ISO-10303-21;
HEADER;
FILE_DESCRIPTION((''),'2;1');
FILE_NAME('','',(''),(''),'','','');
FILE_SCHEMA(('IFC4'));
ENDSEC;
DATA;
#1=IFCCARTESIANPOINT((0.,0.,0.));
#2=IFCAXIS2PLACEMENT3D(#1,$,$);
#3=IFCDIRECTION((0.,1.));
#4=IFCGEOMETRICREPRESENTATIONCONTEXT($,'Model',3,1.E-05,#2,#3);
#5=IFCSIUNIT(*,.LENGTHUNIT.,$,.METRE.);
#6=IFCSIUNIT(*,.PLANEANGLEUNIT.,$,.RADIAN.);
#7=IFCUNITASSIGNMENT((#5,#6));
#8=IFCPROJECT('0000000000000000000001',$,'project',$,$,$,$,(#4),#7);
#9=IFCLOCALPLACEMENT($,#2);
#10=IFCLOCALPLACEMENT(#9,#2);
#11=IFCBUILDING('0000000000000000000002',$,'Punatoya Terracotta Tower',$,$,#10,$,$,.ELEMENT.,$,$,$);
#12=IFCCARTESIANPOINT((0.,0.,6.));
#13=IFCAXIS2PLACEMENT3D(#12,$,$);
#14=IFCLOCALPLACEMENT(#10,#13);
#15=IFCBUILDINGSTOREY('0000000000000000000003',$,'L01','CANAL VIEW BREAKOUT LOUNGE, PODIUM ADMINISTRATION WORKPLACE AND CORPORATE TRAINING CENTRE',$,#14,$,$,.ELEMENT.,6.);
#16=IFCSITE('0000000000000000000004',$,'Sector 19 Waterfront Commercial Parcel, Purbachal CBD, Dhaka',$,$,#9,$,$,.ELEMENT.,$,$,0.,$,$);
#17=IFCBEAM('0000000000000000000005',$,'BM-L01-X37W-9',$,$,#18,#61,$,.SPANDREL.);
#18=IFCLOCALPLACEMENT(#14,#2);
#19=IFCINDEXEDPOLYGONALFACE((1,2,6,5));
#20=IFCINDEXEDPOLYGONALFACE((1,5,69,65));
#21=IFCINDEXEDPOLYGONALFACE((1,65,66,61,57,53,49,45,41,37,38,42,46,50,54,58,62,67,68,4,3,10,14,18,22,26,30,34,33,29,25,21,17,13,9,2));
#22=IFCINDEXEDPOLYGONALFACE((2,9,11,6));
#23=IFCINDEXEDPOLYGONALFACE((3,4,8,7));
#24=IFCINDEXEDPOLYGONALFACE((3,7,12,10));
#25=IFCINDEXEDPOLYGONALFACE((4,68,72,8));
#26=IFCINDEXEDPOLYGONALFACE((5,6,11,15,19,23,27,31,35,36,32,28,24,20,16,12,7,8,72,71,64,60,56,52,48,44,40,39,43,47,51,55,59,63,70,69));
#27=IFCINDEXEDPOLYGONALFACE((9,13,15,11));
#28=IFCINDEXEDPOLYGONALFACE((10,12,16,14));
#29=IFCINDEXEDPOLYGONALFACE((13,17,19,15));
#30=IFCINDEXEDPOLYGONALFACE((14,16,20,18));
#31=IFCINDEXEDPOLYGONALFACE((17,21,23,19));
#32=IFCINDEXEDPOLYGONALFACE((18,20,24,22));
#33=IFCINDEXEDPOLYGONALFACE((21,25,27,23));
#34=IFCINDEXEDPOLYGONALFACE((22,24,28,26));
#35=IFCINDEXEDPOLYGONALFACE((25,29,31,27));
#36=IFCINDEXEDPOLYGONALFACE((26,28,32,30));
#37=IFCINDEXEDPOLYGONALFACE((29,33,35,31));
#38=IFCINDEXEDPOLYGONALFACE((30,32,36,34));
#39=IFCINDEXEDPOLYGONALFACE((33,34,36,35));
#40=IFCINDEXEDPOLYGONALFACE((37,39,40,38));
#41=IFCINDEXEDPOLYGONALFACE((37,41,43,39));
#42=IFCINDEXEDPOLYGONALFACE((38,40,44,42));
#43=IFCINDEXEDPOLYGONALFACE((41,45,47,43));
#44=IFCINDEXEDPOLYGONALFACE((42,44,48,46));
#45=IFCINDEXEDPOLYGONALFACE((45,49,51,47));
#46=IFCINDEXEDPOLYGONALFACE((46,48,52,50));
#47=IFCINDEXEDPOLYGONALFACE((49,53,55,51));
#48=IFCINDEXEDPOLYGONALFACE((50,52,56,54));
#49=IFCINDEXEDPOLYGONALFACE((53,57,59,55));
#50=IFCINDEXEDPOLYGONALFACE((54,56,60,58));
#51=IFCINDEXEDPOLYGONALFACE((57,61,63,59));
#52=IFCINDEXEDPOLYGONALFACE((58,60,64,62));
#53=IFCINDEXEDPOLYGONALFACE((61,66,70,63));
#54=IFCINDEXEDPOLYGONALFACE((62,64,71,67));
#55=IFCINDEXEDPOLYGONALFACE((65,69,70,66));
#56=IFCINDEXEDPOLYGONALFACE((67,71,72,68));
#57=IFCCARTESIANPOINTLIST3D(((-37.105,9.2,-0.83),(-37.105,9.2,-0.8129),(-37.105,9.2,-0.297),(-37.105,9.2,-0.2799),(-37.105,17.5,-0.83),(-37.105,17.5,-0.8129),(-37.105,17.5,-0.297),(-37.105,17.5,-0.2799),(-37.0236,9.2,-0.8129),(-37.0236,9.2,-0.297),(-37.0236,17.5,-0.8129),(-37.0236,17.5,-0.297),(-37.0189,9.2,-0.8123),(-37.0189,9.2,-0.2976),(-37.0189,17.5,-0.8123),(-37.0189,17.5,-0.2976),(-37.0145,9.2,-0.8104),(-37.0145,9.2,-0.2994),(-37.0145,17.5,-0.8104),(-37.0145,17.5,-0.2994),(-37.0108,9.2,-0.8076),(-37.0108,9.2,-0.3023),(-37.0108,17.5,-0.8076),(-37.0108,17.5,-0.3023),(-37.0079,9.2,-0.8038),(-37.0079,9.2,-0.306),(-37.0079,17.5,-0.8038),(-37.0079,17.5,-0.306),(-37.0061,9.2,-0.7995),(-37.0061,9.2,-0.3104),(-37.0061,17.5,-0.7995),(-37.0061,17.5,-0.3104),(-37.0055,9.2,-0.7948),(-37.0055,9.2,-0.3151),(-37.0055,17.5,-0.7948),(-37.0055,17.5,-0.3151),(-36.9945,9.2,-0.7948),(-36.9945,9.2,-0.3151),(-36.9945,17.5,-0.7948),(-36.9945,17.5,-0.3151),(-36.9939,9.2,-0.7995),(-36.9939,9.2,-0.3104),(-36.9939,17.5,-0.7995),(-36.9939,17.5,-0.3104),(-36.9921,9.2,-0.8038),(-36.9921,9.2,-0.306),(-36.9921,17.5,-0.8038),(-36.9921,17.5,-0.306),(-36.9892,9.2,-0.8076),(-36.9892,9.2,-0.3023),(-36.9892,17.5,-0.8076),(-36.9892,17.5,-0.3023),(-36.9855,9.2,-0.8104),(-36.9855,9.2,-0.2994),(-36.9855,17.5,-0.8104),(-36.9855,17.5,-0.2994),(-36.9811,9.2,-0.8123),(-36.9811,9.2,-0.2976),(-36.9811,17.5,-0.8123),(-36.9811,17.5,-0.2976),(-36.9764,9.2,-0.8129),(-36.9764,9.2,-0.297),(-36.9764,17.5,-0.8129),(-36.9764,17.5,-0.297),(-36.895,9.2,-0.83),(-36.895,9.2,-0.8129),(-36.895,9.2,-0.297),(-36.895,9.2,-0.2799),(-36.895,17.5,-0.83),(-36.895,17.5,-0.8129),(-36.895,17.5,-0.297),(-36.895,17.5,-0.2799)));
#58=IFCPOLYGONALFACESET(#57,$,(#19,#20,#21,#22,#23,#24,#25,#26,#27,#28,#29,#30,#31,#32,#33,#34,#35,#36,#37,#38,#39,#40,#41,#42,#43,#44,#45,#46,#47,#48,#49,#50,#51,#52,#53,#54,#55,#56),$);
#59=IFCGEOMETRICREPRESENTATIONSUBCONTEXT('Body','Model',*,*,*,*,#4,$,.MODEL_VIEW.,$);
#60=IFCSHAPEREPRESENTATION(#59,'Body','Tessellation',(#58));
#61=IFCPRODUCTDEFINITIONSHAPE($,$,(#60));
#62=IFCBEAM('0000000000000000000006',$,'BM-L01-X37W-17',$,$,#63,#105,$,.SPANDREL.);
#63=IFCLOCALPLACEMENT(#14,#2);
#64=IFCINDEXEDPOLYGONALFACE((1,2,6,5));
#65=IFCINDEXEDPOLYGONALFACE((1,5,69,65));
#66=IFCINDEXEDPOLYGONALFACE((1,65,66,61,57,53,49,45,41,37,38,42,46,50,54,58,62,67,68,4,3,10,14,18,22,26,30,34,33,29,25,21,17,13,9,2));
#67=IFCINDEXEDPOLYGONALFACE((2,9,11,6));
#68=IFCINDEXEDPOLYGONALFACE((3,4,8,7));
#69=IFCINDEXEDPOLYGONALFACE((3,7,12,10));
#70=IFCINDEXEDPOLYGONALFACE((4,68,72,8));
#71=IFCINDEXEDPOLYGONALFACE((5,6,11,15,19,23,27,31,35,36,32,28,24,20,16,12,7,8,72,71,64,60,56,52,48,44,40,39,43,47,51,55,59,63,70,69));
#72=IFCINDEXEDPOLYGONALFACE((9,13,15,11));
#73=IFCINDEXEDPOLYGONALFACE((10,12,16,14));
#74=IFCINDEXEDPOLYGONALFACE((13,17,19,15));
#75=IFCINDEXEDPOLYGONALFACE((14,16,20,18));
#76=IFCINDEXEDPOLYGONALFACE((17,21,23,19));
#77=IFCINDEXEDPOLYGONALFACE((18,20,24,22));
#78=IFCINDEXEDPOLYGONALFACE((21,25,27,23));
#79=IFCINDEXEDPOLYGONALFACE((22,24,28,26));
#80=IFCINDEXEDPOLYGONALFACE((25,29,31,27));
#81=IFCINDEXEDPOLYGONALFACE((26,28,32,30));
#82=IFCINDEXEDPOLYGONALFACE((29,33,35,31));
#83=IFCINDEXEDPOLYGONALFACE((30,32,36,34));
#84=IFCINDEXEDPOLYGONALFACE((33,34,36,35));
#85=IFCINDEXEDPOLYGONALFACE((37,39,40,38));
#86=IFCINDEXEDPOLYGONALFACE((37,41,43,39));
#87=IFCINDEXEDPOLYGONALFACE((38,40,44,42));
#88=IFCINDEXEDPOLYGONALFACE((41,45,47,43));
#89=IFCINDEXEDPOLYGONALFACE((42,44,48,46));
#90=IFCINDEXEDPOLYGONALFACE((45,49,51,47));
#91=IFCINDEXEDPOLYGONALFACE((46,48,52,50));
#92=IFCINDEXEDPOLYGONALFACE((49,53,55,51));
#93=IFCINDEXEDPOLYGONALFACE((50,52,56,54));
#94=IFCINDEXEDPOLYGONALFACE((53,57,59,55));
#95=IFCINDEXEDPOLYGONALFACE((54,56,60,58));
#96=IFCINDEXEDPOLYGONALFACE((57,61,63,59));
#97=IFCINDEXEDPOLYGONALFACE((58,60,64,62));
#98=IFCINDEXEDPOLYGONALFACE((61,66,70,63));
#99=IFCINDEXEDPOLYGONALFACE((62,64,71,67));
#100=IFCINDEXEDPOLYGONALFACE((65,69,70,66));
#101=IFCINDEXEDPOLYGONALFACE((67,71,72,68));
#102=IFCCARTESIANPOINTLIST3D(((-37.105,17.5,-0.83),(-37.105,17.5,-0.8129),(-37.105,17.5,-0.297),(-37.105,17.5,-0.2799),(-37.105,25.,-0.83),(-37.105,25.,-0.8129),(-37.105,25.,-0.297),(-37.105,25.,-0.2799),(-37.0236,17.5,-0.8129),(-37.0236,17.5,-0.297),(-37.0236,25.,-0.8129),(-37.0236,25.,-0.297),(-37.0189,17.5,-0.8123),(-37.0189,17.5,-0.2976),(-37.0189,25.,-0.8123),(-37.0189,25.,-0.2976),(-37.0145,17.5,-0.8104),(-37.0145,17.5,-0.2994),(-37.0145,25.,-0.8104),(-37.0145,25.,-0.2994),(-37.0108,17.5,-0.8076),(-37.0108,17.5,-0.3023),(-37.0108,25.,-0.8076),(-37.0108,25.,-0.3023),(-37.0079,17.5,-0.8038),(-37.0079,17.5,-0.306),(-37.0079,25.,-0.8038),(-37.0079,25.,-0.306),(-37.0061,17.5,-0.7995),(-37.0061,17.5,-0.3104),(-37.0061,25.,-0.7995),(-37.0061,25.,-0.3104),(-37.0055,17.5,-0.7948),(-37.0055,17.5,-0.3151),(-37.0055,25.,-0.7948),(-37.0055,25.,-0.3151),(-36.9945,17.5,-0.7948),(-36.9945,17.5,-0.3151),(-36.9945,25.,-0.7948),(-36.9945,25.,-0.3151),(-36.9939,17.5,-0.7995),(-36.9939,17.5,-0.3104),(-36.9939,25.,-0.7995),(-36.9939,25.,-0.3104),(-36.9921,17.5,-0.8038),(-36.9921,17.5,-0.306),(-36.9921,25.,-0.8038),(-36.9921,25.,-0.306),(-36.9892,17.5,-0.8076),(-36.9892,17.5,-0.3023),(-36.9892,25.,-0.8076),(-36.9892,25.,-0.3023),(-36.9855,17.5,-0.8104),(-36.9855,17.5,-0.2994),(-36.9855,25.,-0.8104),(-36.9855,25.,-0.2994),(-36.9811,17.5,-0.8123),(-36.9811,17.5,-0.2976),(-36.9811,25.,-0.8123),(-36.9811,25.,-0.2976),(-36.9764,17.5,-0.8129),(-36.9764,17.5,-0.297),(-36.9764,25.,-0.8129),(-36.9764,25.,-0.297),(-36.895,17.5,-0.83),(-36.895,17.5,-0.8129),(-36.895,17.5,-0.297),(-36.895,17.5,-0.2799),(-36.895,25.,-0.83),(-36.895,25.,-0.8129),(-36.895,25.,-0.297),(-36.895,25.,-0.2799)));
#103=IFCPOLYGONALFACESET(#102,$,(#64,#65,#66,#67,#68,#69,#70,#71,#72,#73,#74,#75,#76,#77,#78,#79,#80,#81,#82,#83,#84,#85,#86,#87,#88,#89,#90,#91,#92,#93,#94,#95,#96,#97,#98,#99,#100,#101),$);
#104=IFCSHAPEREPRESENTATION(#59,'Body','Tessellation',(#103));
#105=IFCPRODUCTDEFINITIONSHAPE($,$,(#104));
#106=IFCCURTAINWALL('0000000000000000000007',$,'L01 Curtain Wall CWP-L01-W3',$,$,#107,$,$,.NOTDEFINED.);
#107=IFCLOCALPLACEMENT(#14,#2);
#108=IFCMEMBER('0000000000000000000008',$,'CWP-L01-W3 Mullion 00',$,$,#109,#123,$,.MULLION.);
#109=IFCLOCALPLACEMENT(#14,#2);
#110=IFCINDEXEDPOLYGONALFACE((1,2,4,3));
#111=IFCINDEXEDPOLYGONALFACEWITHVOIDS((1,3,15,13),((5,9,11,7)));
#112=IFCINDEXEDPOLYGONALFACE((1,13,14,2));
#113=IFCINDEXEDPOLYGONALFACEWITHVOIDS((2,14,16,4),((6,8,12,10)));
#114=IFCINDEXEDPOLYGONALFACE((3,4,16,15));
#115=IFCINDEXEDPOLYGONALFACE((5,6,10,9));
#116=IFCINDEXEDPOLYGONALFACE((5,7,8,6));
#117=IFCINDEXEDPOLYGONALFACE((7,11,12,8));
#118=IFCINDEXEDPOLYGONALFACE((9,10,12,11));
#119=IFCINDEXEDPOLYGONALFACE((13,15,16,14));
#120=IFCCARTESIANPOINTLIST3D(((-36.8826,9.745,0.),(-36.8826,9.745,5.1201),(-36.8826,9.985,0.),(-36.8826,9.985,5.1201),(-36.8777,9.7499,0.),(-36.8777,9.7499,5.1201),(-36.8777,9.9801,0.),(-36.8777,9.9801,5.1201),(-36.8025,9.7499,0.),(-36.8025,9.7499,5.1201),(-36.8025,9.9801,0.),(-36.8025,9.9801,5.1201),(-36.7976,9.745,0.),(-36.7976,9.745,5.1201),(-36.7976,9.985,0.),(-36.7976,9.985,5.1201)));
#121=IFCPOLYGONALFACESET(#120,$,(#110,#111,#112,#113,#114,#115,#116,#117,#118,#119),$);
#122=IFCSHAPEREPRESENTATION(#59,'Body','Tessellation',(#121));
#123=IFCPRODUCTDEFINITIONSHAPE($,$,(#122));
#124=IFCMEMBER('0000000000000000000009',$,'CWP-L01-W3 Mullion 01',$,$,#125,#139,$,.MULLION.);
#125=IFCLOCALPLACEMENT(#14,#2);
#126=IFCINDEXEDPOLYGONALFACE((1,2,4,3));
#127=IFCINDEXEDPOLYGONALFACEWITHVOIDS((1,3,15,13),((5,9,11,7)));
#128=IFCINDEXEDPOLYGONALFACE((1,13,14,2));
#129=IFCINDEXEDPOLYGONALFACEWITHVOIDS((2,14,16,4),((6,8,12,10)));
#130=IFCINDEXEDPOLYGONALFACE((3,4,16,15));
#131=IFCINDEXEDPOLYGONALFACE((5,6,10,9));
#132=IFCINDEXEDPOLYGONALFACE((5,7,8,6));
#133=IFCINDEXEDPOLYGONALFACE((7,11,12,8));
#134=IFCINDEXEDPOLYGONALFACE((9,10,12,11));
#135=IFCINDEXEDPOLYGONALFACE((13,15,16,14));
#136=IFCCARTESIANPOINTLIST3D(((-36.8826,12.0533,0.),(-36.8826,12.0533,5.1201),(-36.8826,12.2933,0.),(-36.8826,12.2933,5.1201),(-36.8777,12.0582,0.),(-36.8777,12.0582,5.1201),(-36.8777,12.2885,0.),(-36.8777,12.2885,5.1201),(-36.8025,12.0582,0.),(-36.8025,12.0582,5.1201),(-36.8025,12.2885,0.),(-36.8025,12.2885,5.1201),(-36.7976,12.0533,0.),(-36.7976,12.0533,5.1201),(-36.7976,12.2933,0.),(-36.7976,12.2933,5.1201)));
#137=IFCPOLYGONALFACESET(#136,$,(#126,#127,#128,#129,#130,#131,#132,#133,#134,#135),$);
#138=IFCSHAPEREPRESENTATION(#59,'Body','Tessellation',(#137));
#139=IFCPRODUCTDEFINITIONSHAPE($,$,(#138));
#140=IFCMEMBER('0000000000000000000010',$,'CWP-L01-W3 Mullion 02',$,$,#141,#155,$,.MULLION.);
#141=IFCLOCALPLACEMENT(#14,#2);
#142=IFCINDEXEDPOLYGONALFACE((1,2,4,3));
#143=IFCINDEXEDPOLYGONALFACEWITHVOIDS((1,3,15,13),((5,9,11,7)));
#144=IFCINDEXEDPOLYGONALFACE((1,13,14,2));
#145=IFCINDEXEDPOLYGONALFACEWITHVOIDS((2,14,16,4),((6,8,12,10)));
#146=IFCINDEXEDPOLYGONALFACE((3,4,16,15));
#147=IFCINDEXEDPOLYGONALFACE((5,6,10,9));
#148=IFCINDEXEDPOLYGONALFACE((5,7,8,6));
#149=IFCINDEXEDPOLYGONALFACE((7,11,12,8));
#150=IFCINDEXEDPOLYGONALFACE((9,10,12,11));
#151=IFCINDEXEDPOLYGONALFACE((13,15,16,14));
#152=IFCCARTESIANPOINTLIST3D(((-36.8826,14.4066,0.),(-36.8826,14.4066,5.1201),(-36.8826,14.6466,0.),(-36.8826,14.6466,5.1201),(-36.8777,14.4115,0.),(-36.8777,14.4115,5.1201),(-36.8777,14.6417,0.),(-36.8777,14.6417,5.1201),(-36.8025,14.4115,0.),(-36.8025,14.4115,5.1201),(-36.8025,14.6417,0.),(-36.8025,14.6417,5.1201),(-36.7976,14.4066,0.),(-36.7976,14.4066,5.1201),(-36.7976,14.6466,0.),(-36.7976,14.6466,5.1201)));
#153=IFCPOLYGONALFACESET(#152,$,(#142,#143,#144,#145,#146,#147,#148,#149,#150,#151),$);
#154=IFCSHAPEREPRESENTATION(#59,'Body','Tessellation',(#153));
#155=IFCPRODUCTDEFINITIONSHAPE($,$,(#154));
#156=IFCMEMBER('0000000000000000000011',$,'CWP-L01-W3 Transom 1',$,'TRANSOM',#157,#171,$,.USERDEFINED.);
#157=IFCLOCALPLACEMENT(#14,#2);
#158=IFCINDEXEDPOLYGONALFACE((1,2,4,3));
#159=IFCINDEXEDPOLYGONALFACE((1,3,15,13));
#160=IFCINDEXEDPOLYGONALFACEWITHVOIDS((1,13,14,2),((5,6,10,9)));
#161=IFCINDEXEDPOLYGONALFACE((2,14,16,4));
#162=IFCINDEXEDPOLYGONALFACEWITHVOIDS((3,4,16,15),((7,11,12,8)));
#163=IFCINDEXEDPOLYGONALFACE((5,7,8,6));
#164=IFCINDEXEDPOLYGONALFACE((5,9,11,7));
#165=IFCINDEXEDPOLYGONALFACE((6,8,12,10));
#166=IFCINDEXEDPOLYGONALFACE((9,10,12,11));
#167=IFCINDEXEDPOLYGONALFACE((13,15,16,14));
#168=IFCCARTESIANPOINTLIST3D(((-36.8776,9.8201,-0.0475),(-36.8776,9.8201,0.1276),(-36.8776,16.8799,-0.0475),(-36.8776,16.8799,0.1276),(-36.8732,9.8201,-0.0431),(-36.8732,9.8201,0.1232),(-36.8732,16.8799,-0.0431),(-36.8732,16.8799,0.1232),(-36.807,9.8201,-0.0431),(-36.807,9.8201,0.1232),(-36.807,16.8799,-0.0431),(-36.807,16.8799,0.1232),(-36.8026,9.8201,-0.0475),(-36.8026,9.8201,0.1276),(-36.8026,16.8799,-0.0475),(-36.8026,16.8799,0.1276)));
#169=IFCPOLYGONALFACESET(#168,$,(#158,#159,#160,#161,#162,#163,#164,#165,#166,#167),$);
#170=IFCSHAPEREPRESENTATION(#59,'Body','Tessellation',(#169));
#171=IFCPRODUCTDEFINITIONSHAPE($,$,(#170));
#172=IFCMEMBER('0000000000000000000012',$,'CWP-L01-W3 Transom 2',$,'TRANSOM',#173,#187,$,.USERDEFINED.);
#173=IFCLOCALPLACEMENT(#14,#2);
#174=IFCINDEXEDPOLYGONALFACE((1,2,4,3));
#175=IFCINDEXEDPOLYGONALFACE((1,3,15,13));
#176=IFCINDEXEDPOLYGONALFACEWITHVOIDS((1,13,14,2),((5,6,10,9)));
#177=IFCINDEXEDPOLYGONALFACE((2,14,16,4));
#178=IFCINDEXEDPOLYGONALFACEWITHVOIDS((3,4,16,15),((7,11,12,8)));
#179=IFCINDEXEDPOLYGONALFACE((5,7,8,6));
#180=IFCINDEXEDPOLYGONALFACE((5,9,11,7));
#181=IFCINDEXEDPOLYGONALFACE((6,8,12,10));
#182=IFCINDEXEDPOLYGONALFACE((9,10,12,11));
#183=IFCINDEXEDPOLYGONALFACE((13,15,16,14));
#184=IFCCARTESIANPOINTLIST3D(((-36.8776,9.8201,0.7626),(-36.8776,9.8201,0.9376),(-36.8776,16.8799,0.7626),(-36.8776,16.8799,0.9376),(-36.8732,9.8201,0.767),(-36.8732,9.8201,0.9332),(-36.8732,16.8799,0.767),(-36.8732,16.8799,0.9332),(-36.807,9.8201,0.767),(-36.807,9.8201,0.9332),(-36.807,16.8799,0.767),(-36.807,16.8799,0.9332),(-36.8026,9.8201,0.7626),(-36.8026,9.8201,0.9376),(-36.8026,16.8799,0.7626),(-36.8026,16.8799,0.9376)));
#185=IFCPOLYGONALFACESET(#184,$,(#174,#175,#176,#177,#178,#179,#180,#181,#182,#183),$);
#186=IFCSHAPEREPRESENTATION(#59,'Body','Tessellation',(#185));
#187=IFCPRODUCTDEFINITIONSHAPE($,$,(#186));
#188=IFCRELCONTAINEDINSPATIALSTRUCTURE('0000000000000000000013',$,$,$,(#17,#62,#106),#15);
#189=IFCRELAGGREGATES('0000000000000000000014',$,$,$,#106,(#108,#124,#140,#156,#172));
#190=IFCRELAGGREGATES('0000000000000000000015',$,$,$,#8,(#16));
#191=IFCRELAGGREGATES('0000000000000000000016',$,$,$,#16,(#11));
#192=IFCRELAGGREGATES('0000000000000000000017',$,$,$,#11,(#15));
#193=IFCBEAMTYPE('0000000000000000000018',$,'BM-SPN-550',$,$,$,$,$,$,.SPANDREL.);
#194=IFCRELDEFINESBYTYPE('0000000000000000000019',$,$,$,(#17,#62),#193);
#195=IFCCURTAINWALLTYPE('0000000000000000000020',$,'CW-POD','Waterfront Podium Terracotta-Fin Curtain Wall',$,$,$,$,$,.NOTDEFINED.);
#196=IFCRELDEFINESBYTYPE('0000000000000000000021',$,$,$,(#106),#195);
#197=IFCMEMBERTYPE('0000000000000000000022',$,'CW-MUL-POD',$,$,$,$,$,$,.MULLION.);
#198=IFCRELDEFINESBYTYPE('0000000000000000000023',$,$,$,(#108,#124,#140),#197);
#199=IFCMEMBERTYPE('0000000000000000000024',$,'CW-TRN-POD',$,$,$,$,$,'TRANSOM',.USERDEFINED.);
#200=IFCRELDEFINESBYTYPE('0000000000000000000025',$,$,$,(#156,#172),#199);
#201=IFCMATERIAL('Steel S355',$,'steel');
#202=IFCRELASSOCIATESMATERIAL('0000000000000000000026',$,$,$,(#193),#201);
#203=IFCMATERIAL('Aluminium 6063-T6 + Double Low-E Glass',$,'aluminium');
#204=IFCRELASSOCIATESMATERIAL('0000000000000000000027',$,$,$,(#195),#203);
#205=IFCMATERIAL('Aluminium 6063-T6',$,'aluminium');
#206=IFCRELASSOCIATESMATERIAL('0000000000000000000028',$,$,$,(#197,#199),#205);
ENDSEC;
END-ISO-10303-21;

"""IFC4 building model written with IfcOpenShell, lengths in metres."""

from ifc_helpers import new_model, si_unit, direction, frame, origin, origin_2d, place, context, subcontext, project, spatial, hollow_rectangle, i_section, extrude, material, material_profile, profile_set, type_object, element, aggregate, save


model = new_model("IFC4")

# Units and contexts
model_context = context("Model", 3, precision=1e-05, world=origin(), true_north=direction((0.0, 1.0)))
body_context = subcontext(model_context, "Body", "Model", "MODEL_VIEW")
ifc_project = project(units=[si_unit("LENGTHUNIT", "METRE"), si_unit("PLANEANGLEUNIT", "RADIAN")], contexts=[model_context])

# Site, building, storey
site_placement = place(None, origin())
site = spatial("IfcSite", under=ifc_project, at=site_placement, Name="Sector 19 Waterfront Commercial Parcel, Purbachal CBD, Dhaka", CompositionType="ELEMENT", RefElevation=0.0)
building_placement = place(site_placement, origin())
building = spatial("IfcBuilding", under=site, at=building_placement, Name="Punatoya Terracotta Tower", CompositionType="ELEMENT")
storey_placement = place(building_placement, frame((0.0, 0.0, 6.0)))
storey = spatial("IfcBuildingStorey", under=building, at=storey_placement, Name="L01", Description="CANAL VIEW BREAKOUT LOUNGE, PODIUM ADMINISTRATION WORKPLACE AND CORPORATE TRAINING CENTRE", CompositionType="ELEMENT", Elevation=6.0)

# Beams
ifc_material_1 = material(Name="Steel S355", Category="steel")
ifc_material_profile_1 = material_profile(ifc_material_1, i_section(OverallWidth=0.21, OverallDepth=0.55, WebThickness=0.011, FlangeThickness=0.0171, FilletRadius=0.0181, at=origin_2d()))
ifc_profile_set_1 = profile_set([ifc_material_profile_1], Name="Steel S355")
beam_type_1 = type_object("IfcBeamType", Name="BM-SPN-550", PredefinedType="SPANDREL", material=ifc_profile_set_1)
beam_1_placement = place(storey_placement, frame((-37.0, 9.2, -0.5549), z_axis=(0.0, 1.0, 0.0), x_axis=(-1.0, 0.0, 0.0)))
element("IfcBeam", 1, at=beam_1_placement, inside=storey, type_object=beam_type_1, Name="BM-L01-X37W-9", PredefinedType="SPANDREL", context=body_context, shape_type="SweptSolid", body=[
    extrude(i_section(OverallWidth=0.21, OverallDepth=0.55, WebThickness=0.011, FlangeThickness=0.0171, FilletRadius=0.0181, at=origin_2d()), origin(), (0.0, 0.0, 1.0), 8.3),
])
beam_2_placement = place(storey_placement, frame((-37.0, 17.5, -0.5549), z_axis=(0.0, 1.0, 0.0), x_axis=(-1.0, 0.0, 0.0)))
element("IfcBeam", 2, at=beam_2_placement, inside=storey, type_object=beam_type_1, Name="BM-L01-X37W-17", PredefinedType="SPANDREL", context=body_context, shape_type="SweptSolid", body=[
    extrude(i_section(OverallWidth=0.21, OverallDepth=0.55, WebThickness=0.011, FlangeThickness=0.0171, FilletRadius=0.0181, at=origin_2d()), origin(), (0.0, 0.0, 1.0), 7.5),
])

# Curtain wall, members
ifc_material_2 = material(Name="Aluminium 6063-T6 + Double Low-E Glass", Category="aluminium")
curtain_wall_type = type_object("IfcCurtainWallType", Name="CW-POD", Description="Waterfront Podium Terracotta-Fin Curtain Wall", PredefinedType="NOTDEFINED", material=ifc_material_2)
curtain_wall_placement = place(storey_placement, origin())
curtain_wall = element("IfcCurtainWall", 3, at=curtain_wall_placement, inside=storey, type_object=curtain_wall_type, Name="L01 Curtain Wall CWP-L01-W3", PredefinedType="NOTDEFINED")
ifc_material_3 = material(Name="Aluminium 6063-T6", Category="aluminium")
ifc_material_profile_2 = material_profile(ifc_material_3, hollow_rectangle(XDim=0.085, YDim=0.24, WallThickness=0.0049, at=origin_2d()))
ifc_profile_set_2 = profile_set([ifc_material_profile_2], Name="Aluminium 6063-T6")
member_type_1 = type_object("IfcMemberType", Name="CW-MUL-POD", PredefinedType="MULLION", material=ifc_profile_set_2)
member_1_placement = place(storey_placement, frame((-36.8401, 9.865, 0.0), z_axis=(0.0, 0.0, 1.0), x_axis=(1.0, 0.0, 0.0)))
member_1 = element("IfcMember", 4, at=member_1_placement, type_object=member_type_1, Name="CWP-L01-W3 Mullion 00", PredefinedType="MULLION", context=body_context, shape_type="SweptSolid", body=[
    extrude(hollow_rectangle(XDim=0.085, YDim=0.24, WallThickness=0.0049, at=origin_2d()), origin(), (0.0, 0.0, 1.0), 5.1201),
])
member_2_placement = place(storey_placement, frame((-36.8401, 12.1733, 0.0), z_axis=(0.0, 0.0, 1.0), x_axis=(1.0, 0.0, 0.0)))
member_2 = element("IfcMember", 5, at=member_2_placement, type_object=member_type_1, Name="CWP-L01-W3 Mullion 01", PredefinedType="MULLION", context=body_context, shape_type="SweptSolid", body=[
    extrude(hollow_rectangle(XDim=0.085, YDim=0.24, WallThickness=0.0049, at=origin_2d()), origin(), (0.0, 0.0, 1.0), 5.1201),
])
member_3_placement = place(storey_placement, frame((-36.8401, 14.5266, 0.0), z_axis=(0.0, 0.0, 1.0), x_axis=(1.0, 0.0, 0.0)))
member_3 = element("IfcMember", 6, at=member_3_placement, type_object=member_type_1, Name="CWP-L01-W3 Mullion 02", PredefinedType="MULLION", context=body_context, shape_type="SweptSolid", body=[
    extrude(hollow_rectangle(XDim=0.085, YDim=0.24, WallThickness=0.0049, at=origin_2d()), origin(), (0.0, 0.0, 1.0), 5.1201),
])
ifc_material_profile_3 = material_profile(ifc_material_3, hollow_rectangle(XDim=0.075, YDim=0.175, WallThickness=0.0044, at=origin_2d()))
ifc_profile_set_3 = profile_set([ifc_material_profile_3], Name="Aluminium 6063-T6")
member_type_2 = type_object("IfcMemberType", Name="CW-TRN-POD", ElementType="TRANSOM", PredefinedType="USERDEFINED", material=ifc_profile_set_3)
member_4_placement = place(storey_placement, frame((-36.8401, 9.8201, 0.04), z_axis=(0.0, 1.0, 0.0), x_axis=(-1.0, 0.0, 0.0)))
member_4 = element("IfcMember", 7, at=member_4_placement, type_object=member_type_2, Name="CWP-L01-W3 Transom 1", ObjectType="TRANSOM", PredefinedType="USERDEFINED", context=body_context, shape_type="SweptSolid", body=[
    extrude(hollow_rectangle(XDim=0.075, YDim=0.175, WallThickness=0.0044, at=origin_2d()), origin(), (0.0, 0.0, 1.0), 7.0598),
])
member_5_placement = place(storey_placement, frame((-36.8401, 9.8201, 0.8501), z_axis=(0.0, 1.0, 0.0), x_axis=(-1.0, 0.0, 0.0)))
member_5 = element("IfcMember", 8, at=member_5_placement, type_object=member_type_2, Name="CWP-L01-W3 Transom 2", ObjectType="TRANSOM", PredefinedType="USERDEFINED", context=body_context, shape_type="SweptSolid", body=[
    extrude(hollow_rectangle(XDim=0.075, YDim=0.175, WallThickness=0.0044, at=origin_2d()), origin(), (0.0, 0.0, 1.0), 7.0598),
])

aggregate(curtain_wall, [member_1, member_2, member_3, member_4, member_5])

save(model, "model.ifc")
